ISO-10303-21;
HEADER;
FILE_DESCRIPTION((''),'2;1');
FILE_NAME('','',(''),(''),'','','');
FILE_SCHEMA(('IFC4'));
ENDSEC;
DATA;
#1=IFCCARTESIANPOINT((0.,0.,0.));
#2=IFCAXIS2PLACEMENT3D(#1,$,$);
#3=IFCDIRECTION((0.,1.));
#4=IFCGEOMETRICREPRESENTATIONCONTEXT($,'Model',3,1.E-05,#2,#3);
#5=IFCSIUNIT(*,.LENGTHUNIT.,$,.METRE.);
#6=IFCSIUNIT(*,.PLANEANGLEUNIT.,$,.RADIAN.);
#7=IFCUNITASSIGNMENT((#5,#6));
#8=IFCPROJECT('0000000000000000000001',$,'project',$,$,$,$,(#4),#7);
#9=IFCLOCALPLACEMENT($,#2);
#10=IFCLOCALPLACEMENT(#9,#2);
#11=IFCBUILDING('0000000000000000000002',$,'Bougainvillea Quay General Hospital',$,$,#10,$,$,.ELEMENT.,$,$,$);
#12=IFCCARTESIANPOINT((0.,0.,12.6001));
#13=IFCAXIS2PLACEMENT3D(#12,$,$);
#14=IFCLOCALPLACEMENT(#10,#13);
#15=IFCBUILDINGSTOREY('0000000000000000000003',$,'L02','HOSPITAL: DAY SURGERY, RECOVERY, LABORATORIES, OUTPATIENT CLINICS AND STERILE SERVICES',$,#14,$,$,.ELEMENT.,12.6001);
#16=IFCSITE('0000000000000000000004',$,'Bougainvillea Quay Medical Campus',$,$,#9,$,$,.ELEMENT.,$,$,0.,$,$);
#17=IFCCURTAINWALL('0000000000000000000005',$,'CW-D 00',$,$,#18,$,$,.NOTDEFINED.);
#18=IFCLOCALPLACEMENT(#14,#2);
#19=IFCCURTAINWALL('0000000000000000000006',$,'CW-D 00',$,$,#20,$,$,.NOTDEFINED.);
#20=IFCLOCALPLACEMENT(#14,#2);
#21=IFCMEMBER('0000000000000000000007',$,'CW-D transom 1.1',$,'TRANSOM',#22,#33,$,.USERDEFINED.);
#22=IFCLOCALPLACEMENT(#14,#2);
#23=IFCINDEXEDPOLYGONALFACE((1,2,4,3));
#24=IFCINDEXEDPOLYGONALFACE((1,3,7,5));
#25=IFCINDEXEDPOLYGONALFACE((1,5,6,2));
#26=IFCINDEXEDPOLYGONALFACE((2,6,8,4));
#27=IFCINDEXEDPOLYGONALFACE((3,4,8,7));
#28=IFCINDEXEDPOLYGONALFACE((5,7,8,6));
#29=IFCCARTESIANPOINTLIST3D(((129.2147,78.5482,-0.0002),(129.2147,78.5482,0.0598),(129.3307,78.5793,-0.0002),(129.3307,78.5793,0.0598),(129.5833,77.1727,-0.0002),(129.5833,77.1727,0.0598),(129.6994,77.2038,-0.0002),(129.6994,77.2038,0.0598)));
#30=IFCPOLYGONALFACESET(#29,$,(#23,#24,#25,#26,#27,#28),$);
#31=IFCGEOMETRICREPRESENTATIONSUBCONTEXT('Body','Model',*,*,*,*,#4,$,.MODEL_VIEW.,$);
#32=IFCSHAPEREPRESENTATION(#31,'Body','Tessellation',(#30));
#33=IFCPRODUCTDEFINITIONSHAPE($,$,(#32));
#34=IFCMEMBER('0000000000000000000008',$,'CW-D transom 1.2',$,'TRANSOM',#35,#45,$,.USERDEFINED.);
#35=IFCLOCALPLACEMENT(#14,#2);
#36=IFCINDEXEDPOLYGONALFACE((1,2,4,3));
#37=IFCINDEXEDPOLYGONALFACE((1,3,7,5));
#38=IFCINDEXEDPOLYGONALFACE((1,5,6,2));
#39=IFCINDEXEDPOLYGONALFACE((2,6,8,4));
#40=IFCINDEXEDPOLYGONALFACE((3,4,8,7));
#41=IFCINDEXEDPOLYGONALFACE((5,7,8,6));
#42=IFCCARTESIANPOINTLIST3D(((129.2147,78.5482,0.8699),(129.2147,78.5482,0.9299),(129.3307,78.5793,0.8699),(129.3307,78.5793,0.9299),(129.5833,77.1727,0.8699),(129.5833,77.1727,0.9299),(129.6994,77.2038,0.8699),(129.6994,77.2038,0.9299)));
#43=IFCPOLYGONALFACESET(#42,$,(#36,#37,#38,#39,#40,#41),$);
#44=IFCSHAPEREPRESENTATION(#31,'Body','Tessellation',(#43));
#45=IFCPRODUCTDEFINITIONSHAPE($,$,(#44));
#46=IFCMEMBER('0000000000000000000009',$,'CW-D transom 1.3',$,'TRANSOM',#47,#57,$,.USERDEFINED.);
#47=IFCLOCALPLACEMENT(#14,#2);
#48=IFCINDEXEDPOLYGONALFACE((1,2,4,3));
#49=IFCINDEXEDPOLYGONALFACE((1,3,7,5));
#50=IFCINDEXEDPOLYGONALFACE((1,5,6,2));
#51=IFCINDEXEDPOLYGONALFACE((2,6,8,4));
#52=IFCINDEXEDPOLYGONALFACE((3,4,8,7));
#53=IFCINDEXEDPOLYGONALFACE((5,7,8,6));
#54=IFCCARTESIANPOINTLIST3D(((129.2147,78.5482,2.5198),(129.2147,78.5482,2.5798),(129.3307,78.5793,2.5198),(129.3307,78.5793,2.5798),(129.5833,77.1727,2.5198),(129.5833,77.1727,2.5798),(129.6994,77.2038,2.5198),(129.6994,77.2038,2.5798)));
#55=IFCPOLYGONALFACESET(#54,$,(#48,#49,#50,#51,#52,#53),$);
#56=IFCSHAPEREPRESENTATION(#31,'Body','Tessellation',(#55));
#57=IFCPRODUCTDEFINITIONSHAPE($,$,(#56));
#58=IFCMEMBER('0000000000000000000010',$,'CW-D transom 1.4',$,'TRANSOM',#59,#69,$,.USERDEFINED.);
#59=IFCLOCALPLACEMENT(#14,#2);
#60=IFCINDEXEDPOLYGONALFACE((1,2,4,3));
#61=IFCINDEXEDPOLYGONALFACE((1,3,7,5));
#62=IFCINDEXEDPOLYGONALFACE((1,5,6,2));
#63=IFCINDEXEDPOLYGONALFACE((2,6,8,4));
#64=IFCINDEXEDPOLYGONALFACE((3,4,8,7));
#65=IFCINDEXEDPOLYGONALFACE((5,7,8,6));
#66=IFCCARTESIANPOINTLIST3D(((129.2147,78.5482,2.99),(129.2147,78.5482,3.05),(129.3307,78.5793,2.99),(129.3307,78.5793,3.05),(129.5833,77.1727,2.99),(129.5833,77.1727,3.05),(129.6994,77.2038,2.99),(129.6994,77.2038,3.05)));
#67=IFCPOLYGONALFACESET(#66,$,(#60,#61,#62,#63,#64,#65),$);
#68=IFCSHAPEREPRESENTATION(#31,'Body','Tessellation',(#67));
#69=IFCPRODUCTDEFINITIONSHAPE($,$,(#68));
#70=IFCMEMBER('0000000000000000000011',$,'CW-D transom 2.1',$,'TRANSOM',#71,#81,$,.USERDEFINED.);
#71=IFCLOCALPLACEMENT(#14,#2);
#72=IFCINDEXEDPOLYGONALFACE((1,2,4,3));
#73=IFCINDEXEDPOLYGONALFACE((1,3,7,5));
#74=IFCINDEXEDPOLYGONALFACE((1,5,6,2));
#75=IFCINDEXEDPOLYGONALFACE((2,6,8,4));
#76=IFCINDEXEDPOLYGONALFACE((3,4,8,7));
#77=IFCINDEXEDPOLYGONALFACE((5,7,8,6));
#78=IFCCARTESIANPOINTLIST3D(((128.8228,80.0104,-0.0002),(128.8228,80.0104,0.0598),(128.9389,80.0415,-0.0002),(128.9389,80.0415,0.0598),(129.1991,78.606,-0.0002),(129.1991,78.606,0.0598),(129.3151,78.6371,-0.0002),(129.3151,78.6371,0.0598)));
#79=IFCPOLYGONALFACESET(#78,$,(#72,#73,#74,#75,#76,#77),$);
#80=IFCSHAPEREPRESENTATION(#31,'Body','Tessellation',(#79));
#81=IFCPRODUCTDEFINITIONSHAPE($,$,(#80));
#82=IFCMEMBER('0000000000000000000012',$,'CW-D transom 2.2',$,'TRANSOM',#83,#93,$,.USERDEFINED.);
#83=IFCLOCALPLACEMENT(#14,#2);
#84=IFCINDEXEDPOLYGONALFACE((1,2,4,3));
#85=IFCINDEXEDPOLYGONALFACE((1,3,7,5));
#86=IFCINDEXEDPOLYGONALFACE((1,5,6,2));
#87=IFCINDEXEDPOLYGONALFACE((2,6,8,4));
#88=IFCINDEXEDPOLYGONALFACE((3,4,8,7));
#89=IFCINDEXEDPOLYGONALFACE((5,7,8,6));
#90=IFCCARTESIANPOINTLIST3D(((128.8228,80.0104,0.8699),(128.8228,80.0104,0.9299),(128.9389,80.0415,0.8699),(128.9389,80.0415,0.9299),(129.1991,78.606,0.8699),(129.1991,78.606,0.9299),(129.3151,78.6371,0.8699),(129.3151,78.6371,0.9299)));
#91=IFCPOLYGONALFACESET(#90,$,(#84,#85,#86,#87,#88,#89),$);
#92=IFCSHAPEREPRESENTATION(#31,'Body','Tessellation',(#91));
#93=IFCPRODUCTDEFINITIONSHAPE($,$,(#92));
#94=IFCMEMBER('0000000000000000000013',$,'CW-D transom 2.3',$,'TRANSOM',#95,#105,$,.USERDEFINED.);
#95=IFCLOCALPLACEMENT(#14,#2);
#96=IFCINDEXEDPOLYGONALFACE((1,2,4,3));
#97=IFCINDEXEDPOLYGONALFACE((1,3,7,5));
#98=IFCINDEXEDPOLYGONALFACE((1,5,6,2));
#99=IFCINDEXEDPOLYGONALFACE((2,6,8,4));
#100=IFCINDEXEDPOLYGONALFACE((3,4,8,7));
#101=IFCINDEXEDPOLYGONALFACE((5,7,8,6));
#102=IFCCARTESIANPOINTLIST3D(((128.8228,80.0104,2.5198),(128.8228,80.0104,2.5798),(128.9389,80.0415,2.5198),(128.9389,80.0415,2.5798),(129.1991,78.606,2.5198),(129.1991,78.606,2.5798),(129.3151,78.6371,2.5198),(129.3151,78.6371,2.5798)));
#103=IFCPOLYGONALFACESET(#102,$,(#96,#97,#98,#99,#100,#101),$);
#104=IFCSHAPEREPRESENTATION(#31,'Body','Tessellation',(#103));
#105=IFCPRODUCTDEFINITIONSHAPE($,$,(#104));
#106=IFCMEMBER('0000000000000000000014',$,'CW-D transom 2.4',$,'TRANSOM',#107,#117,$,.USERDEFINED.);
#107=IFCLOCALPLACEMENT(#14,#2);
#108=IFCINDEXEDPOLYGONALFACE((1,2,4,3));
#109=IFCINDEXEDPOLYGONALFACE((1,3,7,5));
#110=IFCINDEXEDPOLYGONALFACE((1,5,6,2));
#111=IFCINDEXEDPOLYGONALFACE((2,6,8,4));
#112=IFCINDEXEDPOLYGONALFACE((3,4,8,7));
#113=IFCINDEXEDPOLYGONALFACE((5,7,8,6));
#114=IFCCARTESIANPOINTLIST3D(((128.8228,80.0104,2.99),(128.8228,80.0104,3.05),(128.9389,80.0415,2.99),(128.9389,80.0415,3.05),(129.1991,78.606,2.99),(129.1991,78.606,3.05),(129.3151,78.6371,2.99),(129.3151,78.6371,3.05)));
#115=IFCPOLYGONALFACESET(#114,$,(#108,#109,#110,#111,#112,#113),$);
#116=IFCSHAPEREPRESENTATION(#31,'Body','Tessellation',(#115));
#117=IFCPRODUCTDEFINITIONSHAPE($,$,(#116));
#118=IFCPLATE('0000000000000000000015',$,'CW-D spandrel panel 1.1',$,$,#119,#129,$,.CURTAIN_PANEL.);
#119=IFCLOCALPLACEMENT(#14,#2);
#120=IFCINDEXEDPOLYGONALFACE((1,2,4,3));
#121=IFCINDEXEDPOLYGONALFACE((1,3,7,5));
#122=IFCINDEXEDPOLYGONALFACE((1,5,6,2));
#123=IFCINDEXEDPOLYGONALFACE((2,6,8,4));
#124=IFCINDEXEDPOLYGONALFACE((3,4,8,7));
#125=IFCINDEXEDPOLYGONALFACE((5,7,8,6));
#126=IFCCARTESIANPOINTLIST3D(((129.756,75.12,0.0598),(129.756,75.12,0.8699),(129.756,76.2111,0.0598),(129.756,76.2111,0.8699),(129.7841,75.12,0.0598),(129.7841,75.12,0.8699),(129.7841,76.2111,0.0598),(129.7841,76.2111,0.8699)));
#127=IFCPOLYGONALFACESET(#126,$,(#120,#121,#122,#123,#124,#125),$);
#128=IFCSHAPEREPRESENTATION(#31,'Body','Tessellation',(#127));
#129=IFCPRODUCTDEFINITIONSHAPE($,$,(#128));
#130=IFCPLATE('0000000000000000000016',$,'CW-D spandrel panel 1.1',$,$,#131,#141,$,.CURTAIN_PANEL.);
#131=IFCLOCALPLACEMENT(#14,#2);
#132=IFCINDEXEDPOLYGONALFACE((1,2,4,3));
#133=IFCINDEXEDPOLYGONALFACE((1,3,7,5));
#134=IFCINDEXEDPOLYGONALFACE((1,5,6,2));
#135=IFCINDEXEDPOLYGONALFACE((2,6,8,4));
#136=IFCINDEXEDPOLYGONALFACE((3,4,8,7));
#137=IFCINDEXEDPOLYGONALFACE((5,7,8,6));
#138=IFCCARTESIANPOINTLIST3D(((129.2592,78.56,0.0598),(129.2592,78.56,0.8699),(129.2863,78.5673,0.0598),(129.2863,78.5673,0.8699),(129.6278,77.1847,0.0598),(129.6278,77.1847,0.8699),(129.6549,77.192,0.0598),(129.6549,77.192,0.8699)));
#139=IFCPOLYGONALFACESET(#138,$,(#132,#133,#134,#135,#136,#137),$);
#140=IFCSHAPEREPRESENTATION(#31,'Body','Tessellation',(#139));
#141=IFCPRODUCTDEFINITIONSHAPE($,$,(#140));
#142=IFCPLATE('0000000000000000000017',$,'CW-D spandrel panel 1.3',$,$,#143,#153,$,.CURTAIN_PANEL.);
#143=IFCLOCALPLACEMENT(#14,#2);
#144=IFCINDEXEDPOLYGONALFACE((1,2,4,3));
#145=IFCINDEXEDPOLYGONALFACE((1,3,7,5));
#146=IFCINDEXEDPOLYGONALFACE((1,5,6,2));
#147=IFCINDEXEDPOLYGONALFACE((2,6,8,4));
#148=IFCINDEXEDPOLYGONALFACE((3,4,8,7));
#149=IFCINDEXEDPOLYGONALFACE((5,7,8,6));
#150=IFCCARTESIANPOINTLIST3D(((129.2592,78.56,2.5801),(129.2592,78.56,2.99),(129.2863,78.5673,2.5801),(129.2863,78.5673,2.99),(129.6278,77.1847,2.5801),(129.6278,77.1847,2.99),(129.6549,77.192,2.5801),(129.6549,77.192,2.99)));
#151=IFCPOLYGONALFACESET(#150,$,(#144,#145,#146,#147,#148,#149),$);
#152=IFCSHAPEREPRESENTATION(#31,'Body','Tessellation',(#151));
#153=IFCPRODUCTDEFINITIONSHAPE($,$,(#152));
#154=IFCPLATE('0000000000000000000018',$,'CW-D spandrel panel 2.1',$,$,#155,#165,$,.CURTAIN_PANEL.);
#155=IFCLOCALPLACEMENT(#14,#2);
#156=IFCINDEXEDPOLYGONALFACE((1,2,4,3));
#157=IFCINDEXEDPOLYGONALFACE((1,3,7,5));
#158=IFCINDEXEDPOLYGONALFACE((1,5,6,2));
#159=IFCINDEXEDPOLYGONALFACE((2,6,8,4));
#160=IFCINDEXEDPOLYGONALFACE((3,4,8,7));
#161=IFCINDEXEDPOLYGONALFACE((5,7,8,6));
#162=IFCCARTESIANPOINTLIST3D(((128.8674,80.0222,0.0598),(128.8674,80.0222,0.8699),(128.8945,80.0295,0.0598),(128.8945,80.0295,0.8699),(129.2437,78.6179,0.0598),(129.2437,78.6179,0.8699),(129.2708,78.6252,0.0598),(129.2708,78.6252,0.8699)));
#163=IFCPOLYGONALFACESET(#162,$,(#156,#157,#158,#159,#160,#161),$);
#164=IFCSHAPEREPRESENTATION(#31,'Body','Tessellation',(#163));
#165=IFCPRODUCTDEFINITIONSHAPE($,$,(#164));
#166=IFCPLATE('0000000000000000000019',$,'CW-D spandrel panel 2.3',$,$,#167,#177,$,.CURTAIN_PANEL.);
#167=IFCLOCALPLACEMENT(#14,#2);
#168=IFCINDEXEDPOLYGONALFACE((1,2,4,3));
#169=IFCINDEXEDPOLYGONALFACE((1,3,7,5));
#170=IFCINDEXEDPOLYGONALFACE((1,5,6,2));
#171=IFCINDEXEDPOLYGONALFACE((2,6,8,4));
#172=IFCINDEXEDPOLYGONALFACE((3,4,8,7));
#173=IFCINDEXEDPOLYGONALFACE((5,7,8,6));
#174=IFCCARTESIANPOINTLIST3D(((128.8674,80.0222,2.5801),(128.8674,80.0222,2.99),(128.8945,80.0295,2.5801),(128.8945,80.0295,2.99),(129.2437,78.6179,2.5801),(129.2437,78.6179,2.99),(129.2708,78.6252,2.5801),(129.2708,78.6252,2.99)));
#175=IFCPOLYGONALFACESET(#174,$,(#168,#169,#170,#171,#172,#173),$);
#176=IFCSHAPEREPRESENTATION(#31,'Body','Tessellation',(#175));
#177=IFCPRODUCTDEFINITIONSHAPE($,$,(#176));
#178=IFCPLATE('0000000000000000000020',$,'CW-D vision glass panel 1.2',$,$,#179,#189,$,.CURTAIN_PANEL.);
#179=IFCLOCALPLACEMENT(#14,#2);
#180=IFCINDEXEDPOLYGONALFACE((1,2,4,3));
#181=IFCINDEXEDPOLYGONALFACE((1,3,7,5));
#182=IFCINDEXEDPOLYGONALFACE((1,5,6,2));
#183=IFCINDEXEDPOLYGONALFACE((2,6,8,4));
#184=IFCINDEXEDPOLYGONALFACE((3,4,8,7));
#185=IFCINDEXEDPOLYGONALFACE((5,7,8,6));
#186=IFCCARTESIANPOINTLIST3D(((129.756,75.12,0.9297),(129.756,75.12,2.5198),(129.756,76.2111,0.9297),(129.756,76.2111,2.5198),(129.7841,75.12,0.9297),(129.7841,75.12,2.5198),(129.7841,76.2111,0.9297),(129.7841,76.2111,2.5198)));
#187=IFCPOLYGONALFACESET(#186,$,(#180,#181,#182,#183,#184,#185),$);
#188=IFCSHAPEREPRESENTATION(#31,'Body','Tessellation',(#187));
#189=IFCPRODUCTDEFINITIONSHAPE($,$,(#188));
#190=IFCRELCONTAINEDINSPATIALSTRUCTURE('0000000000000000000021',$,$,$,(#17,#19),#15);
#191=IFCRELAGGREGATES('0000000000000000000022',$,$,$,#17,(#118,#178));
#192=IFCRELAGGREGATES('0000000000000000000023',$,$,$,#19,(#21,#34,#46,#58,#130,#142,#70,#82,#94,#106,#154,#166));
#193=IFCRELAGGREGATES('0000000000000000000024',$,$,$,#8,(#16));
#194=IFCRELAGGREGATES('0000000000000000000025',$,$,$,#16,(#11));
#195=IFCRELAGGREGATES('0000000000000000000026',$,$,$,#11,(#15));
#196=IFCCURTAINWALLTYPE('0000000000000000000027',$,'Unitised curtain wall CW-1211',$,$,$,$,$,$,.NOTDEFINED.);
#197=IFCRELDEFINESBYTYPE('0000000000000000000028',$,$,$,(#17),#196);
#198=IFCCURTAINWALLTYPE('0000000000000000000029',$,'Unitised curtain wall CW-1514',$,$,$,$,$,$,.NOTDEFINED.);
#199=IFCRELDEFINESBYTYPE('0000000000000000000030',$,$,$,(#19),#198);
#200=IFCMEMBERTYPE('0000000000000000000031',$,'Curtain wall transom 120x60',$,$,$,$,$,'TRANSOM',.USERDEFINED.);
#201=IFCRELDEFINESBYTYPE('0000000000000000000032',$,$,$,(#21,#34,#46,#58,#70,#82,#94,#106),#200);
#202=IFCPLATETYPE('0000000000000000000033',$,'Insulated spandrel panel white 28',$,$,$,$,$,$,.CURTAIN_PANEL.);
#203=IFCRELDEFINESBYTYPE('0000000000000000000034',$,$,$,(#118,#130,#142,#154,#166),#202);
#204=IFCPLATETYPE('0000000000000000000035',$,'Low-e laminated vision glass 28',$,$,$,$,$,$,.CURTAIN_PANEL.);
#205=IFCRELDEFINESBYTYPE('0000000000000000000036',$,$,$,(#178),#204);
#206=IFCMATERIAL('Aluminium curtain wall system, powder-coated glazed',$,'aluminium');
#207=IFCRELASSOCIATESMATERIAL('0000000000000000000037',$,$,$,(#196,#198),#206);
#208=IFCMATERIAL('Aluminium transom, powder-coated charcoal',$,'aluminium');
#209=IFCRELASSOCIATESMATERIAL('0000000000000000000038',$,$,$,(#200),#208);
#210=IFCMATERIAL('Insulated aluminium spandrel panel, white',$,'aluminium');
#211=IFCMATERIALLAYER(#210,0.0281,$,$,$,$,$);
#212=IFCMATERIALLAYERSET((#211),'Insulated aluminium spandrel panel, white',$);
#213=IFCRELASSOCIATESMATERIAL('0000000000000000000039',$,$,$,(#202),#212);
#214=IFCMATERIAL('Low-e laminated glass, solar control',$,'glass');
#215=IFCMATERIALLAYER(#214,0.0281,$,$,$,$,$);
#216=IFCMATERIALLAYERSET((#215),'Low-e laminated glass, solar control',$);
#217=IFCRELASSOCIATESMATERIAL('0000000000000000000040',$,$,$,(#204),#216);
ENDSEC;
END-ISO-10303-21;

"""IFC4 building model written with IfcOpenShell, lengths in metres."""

from ifc_helpers import new_model, si_unit, direction, frame, origin, origin_2d, place, context, subcontext, project, spatial, rectangle, extrude, material, layer, layer_set, material_profile, profile_set, type_object, element, aggregate, save


model = new_model("IFC4")

# Units and contexts
model_context = context("Model", 3, precision=1e-05, world=origin(), true_north=direction((0.0, 1.0)))
body_context = subcontext(model_context, "Body", "Model", "MODEL_VIEW")
ifc_project = project(units=[si_unit("LENGTHUNIT", "METRE"), si_unit("PLANEANGLEUNIT", "RADIAN")], contexts=[model_context])

# Site, building, storey
site_placement = place(None, origin())
site = spatial("IfcSite", under=ifc_project, at=site_placement, Name="Bougainvillea Quay Medical Campus", CompositionType="ELEMENT", RefElevation=0.0)
building_placement = place(site_placement, origin())
building = spatial("IfcBuilding", under=site, at=building_placement, Name="Bougainvillea Quay General Hospital", CompositionType="ELEMENT")
storey_placement = place(building_placement, frame((0.0, 0.0, 12.6001)))
storey = spatial("IfcBuildingStorey", under=building, at=storey_placement, Name="L02", Description="HOSPITAL: DAY SURGERY, RECOVERY, LABORATORIES, OUTPATIENT CLINICS AND STERILE SERVICES", CompositionType="ELEMENT", Elevation=12.6001)

# Curtain wall
ifc_material_1 = material(Name="Aluminium curtain wall system, powder-coated glazed", Category="aluminium")
curtain_wall_type_1 = type_object("IfcCurtainWallType", Name="Unitised curtain wall CW-1211", PredefinedType="NOTDEFINED", material=ifc_material_1)
curtain_wall_1_placement = place(storey_placement, origin())
curtain_wall_1 = element("IfcCurtainWall", 1, at=curtain_wall_1_placement, inside=storey, type_object=curtain_wall_type_1, Name="CW-D 00", PredefinedType="NOTDEFINED")

# Curtain wall
curtain_wall_type_2 = type_object("IfcCurtainWallType", Name="Unitised curtain wall CW-1514", PredefinedType="NOTDEFINED", material=ifc_material_1)
curtain_wall_2_placement = place(storey_placement, origin())
curtain_wall_2 = element("IfcCurtainWall", 2, at=curtain_wall_2_placement, inside=storey, type_object=curtain_wall_type_2, Name="CW-D 00", PredefinedType="NOTDEFINED")

# Members
ifc_material_2 = material(Name="Aluminium transom, powder-coated charcoal", Category="aluminium")
ifc_material_profile_1 = material_profile(ifc_material_2, rectangle(XDim=0.1201, YDim=0.0601, at=origin_2d()))
ifc_profile_set_1 = profile_set([ifc_material_profile_1], Name="Aluminium transom, powder-coated charcoal")
member_type_1 = type_object("IfcMemberType", Name="Curtain wall transom 120x60", ElementType="TRANSOM", PredefinedType="USERDEFINED", material=ifc_profile_set_1)
member_1_placement = place(storey_placement, frame((129.6414, 77.1882, 0.0298), z_axis=(-0.258879, 0.96591, 0.0), x_axis=(-0.96591, -0.258879, 0.0)))
member_1 = element("IfcMember", 3, at=member_1_placement, type_object=member_type_1, Name="CW-D transom 1.1", ObjectType="TRANSOM", PredefinedType="USERDEFINED", context=body_context, shape_type="SweptSolid", body=[
    extrude(rectangle(XDim=0.1201, YDim=0.0601, at=origin_2d()), origin(), (0.0, 0.0, 1.0), 1.4241),
])
member_2_placement = place(storey_placement, frame((129.6414, 77.1882, 0.8999), z_axis=(-0.258879, 0.96591, 0.0), x_axis=(-0.96591, -0.258879, 0.0)))
member_2 = element("IfcMember", 4, at=member_2_placement, type_object=member_type_1, Name="CW-D transom 1.2", ObjectType="TRANSOM", PredefinedType="USERDEFINED", context=body_context, shape_type="SweptSolid", body=[
    extrude(rectangle(XDim=0.1201, YDim=0.0601, at=origin_2d()), origin(), (0.0, 0.0, 1.0), 1.4241),
])
member_3_placement = place(storey_placement, frame((129.6414, 77.1882, 2.5498), z_axis=(-0.258879, 0.96591, 0.0), x_axis=(-0.96591, -0.258879, 0.0)))
member_3 = element("IfcMember", 5, at=member_3_placement, type_object=member_type_1, Name="CW-D transom 1.3", ObjectType="TRANSOM", PredefinedType="USERDEFINED", context=body_context, shape_type="SweptSolid", body=[
    extrude(rectangle(XDim=0.1201, YDim=0.0601, at=origin_2d()), origin(), (0.0, 0.0, 1.0), 1.4241),
])
member_4_placement = place(storey_placement, frame((129.6414, 77.1882, 3.02), z_axis=(-0.258879, 0.96591, 0.0), x_axis=(-0.96591, -0.258879, 0.0)))
member_4 = element("IfcMember", 6, at=member_4_placement, type_object=member_type_1, Name="CW-D transom 1.4", ObjectType="TRANSOM", PredefinedType="USERDEFINED", context=body_context, shape_type="SweptSolid", body=[
    extrude(rectangle(XDim=0.1201, YDim=0.0601, at=origin_2d()), origin(), (0.0, 0.0, 1.0), 1.4241),
])
member_5_placement = place(storey_placement, frame((129.2571, 78.6216, 0.0298), z_axis=(-0.258781, 0.965936, 0.0), x_axis=(-0.965936, -0.258781, 0.0)))
member_5 = element("IfcMember", 7, at=member_5_placement, type_object=member_type_1, Name="CW-D transom 2.1", ObjectType="TRANSOM", PredefinedType="USERDEFINED", context=body_context, shape_type="SweptSolid", body=[
    extrude(rectangle(XDim=0.1201, YDim=0.0601, at=origin_2d()), origin(), (0.0, 0.0, 1.0), 1.4539),
])
member_6_placement = place(storey_placement, frame((129.2571, 78.6216, 0.8999), z_axis=(-0.258781, 0.965936, 0.0), x_axis=(-0.965936, -0.258781, 0.0)))
member_6 = element("IfcMember", 8, at=member_6_placement, type_object=member_type_1, Name="CW-D transom 2.2", ObjectType="TRANSOM", PredefinedType="USERDEFINED", context=body_context, shape_type="SweptSolid", body=[
    extrude(rectangle(XDim=0.1201, YDim=0.0601, at=origin_2d()), origin(), (0.0, 0.0, 1.0), 1.4539),
])
member_7_placement = place(storey_placement, frame((129.2571, 78.6216, 2.5498), z_axis=(-0.258781, 0.965936, 0.0), x_axis=(-0.965936, -0.258781, 0.0)))
member_7 = element("IfcMember", 9, at=member_7_placement, type_object=member_type_1, Name="CW-D transom 2.3", ObjectType="TRANSOM", PredefinedType="USERDEFINED", context=body_context, shape_type="SweptSolid", body=[
    extrude(rectangle(XDim=0.1201, YDim=0.0601, at=origin_2d()), origin(), (0.0, 0.0, 1.0), 1.4539),
])
member_8_placement = place(storey_placement, frame((129.2571, 78.6216, 3.02), z_axis=(-0.258781, 0.965936, 0.0), x_axis=(-0.965936, -0.258781, 0.0)))
member_8 = element("IfcMember", 10, at=member_8_placement, type_object=member_type_1, Name="CW-D transom 2.4", ObjectType="TRANSOM", PredefinedType="USERDEFINED", context=body_context, shape_type="SweptSolid", body=[
    extrude(rectangle(XDim=0.1201, YDim=0.0601, at=origin_2d()), origin(), (0.0, 0.0, 1.0), 1.4539),
])

# Plates
ifc_material_3 = material(Name="Insulated aluminium spandrel panel, white", Category="aluminium")
ifc_layer_1 = layer(ifc_material_3, 0.0281)
ifc_layer_set_1 = layer_set([ifc_layer_1], Name="Insulated aluminium spandrel panel, white")
plate_type_1 = type_object("IfcPlateType", Name="Insulated spandrel panel white 28", PredefinedType="CURTAIN_PANEL", material=ifc_layer_set_1)
plate_1_placement = place(storey_placement, frame((129.77, 75.6655, 0.0598), z_axis=(0.0, 0.0, 1.0), x_axis=(0.0, 1.0, 0.0)))
plate_1 = element("IfcPlate", 11, at=plate_1_placement, type_object=plate_type_1, Name="CW-D spandrel panel 1.1", PredefinedType="CURTAIN_PANEL", context=body_context, shape_type="SweptSolid", body=[
    extrude(rectangle(XDim=1.0911, YDim=0.0281, at=origin_2d()), origin(), (0.0, 0.0, 1.0), 0.8101),
])
plate_2_placement = place(storey_placement, frame((129.457, 77.876, 0.0598), z_axis=(0.0, 0.0, 1.0), x_axis=(-0.258855, 0.965916, 0.0)))
plate_2 = element("IfcPlate", 12, at=plate_2_placement, type_object=plate_type_1, Name="CW-D spandrel panel 1.1", PredefinedType="CURTAIN_PANEL", context=body_context, shape_type="SweptSolid", body=[
    extrude(rectangle(XDim=1.4238, YDim=0.0281, at=origin_2d()), origin(), (0.0, 0.0, 1.0), 0.8101),
])
plate_3_placement = place(storey_placement, frame((129.457, 77.876, 2.5801), z_axis=(0.0, 0.0, 1.0), x_axis=(-0.258855, 0.965916, 0.0)))
plate_3 = element("IfcPlate", 13, at=plate_3_placement, type_object=plate_type_1, Name="CW-D spandrel panel 1.3", PredefinedType="CURTAIN_PANEL", context=body_context, shape_type="SweptSolid", body=[
    extrude(rectangle(XDim=1.4238, YDim=0.0281, at=origin_2d()), origin(), (0.0, 0.0, 1.0), 0.4099),
])
plate_4_placement = place(storey_placement, frame((129.0691, 79.3237, 0.0598), z_axis=(0.0, 0.0, 1.0), x_axis=(-0.258855, 0.965916, 0.0)))
plate_4 = element("IfcPlate", 14, at=plate_4_placement, type_object=plate_type_1, Name="CW-D spandrel panel 2.1", PredefinedType="CURTAIN_PANEL", context=body_context, shape_type="SweptSolid", body=[
    extrude(rectangle(XDim=1.4539, YDim=0.0281, at=origin_2d()), origin(), (0.0, 0.0, 1.0), 0.8101),
])
plate_5_placement = place(storey_placement, frame((129.0691, 79.3237, 2.5801), z_axis=(0.0, 0.0, 1.0), x_axis=(-0.258855, 0.965916, 0.0)))
plate_5 = element("IfcPlate", 15, at=plate_5_placement, type_object=plate_type_1, Name="CW-D spandrel panel 2.3", PredefinedType="CURTAIN_PANEL", context=body_context, shape_type="SweptSolid", body=[
    extrude(rectangle(XDim=1.4539, YDim=0.0281, at=origin_2d()), origin(), (0.0, 0.0, 1.0), 0.4099),
])
ifc_material_4 = material(Name="Low-e laminated glass, solar control", Category="glass")
ifc_layer_2 = layer(ifc_material_4, 0.0281)
ifc_layer_set_2 = layer_set([ifc_layer_2], Name="Low-e laminated glass, solar control")
plate_type_2 = type_object("IfcPlateType", Name="Low-e laminated vision glass 28", PredefinedType="CURTAIN_PANEL", material=ifc_layer_set_2)
plate_6_placement = place(storey_placement, frame((129.77, 75.6655, 0.9297), z_axis=(0.0, 0.0, 1.0), x_axis=(0.0, 1.0, 0.0)))
plate_6 = element("IfcPlate", 16, at=plate_6_placement, type_object=plate_type_2, Name="CW-D vision glass panel 1.2", PredefinedType="CURTAIN_PANEL", context=body_context, shape_type="SweptSolid", body=[
    extrude(rectangle(XDim=1.0911, YDim=0.0281, at=origin_2d()), origin(), (0.0, 0.0, 1.0), 1.5901),
])
aggregate(curtain_wall_1, [plate_1, plate_6])
aggregate(curtain_wall_2, [member_1, member_2, member_3, member_4, plate_2, plate_3, member_5, member_6, member_7, member_8, plate_4, plate_5])

save(model, "model.ifc")
